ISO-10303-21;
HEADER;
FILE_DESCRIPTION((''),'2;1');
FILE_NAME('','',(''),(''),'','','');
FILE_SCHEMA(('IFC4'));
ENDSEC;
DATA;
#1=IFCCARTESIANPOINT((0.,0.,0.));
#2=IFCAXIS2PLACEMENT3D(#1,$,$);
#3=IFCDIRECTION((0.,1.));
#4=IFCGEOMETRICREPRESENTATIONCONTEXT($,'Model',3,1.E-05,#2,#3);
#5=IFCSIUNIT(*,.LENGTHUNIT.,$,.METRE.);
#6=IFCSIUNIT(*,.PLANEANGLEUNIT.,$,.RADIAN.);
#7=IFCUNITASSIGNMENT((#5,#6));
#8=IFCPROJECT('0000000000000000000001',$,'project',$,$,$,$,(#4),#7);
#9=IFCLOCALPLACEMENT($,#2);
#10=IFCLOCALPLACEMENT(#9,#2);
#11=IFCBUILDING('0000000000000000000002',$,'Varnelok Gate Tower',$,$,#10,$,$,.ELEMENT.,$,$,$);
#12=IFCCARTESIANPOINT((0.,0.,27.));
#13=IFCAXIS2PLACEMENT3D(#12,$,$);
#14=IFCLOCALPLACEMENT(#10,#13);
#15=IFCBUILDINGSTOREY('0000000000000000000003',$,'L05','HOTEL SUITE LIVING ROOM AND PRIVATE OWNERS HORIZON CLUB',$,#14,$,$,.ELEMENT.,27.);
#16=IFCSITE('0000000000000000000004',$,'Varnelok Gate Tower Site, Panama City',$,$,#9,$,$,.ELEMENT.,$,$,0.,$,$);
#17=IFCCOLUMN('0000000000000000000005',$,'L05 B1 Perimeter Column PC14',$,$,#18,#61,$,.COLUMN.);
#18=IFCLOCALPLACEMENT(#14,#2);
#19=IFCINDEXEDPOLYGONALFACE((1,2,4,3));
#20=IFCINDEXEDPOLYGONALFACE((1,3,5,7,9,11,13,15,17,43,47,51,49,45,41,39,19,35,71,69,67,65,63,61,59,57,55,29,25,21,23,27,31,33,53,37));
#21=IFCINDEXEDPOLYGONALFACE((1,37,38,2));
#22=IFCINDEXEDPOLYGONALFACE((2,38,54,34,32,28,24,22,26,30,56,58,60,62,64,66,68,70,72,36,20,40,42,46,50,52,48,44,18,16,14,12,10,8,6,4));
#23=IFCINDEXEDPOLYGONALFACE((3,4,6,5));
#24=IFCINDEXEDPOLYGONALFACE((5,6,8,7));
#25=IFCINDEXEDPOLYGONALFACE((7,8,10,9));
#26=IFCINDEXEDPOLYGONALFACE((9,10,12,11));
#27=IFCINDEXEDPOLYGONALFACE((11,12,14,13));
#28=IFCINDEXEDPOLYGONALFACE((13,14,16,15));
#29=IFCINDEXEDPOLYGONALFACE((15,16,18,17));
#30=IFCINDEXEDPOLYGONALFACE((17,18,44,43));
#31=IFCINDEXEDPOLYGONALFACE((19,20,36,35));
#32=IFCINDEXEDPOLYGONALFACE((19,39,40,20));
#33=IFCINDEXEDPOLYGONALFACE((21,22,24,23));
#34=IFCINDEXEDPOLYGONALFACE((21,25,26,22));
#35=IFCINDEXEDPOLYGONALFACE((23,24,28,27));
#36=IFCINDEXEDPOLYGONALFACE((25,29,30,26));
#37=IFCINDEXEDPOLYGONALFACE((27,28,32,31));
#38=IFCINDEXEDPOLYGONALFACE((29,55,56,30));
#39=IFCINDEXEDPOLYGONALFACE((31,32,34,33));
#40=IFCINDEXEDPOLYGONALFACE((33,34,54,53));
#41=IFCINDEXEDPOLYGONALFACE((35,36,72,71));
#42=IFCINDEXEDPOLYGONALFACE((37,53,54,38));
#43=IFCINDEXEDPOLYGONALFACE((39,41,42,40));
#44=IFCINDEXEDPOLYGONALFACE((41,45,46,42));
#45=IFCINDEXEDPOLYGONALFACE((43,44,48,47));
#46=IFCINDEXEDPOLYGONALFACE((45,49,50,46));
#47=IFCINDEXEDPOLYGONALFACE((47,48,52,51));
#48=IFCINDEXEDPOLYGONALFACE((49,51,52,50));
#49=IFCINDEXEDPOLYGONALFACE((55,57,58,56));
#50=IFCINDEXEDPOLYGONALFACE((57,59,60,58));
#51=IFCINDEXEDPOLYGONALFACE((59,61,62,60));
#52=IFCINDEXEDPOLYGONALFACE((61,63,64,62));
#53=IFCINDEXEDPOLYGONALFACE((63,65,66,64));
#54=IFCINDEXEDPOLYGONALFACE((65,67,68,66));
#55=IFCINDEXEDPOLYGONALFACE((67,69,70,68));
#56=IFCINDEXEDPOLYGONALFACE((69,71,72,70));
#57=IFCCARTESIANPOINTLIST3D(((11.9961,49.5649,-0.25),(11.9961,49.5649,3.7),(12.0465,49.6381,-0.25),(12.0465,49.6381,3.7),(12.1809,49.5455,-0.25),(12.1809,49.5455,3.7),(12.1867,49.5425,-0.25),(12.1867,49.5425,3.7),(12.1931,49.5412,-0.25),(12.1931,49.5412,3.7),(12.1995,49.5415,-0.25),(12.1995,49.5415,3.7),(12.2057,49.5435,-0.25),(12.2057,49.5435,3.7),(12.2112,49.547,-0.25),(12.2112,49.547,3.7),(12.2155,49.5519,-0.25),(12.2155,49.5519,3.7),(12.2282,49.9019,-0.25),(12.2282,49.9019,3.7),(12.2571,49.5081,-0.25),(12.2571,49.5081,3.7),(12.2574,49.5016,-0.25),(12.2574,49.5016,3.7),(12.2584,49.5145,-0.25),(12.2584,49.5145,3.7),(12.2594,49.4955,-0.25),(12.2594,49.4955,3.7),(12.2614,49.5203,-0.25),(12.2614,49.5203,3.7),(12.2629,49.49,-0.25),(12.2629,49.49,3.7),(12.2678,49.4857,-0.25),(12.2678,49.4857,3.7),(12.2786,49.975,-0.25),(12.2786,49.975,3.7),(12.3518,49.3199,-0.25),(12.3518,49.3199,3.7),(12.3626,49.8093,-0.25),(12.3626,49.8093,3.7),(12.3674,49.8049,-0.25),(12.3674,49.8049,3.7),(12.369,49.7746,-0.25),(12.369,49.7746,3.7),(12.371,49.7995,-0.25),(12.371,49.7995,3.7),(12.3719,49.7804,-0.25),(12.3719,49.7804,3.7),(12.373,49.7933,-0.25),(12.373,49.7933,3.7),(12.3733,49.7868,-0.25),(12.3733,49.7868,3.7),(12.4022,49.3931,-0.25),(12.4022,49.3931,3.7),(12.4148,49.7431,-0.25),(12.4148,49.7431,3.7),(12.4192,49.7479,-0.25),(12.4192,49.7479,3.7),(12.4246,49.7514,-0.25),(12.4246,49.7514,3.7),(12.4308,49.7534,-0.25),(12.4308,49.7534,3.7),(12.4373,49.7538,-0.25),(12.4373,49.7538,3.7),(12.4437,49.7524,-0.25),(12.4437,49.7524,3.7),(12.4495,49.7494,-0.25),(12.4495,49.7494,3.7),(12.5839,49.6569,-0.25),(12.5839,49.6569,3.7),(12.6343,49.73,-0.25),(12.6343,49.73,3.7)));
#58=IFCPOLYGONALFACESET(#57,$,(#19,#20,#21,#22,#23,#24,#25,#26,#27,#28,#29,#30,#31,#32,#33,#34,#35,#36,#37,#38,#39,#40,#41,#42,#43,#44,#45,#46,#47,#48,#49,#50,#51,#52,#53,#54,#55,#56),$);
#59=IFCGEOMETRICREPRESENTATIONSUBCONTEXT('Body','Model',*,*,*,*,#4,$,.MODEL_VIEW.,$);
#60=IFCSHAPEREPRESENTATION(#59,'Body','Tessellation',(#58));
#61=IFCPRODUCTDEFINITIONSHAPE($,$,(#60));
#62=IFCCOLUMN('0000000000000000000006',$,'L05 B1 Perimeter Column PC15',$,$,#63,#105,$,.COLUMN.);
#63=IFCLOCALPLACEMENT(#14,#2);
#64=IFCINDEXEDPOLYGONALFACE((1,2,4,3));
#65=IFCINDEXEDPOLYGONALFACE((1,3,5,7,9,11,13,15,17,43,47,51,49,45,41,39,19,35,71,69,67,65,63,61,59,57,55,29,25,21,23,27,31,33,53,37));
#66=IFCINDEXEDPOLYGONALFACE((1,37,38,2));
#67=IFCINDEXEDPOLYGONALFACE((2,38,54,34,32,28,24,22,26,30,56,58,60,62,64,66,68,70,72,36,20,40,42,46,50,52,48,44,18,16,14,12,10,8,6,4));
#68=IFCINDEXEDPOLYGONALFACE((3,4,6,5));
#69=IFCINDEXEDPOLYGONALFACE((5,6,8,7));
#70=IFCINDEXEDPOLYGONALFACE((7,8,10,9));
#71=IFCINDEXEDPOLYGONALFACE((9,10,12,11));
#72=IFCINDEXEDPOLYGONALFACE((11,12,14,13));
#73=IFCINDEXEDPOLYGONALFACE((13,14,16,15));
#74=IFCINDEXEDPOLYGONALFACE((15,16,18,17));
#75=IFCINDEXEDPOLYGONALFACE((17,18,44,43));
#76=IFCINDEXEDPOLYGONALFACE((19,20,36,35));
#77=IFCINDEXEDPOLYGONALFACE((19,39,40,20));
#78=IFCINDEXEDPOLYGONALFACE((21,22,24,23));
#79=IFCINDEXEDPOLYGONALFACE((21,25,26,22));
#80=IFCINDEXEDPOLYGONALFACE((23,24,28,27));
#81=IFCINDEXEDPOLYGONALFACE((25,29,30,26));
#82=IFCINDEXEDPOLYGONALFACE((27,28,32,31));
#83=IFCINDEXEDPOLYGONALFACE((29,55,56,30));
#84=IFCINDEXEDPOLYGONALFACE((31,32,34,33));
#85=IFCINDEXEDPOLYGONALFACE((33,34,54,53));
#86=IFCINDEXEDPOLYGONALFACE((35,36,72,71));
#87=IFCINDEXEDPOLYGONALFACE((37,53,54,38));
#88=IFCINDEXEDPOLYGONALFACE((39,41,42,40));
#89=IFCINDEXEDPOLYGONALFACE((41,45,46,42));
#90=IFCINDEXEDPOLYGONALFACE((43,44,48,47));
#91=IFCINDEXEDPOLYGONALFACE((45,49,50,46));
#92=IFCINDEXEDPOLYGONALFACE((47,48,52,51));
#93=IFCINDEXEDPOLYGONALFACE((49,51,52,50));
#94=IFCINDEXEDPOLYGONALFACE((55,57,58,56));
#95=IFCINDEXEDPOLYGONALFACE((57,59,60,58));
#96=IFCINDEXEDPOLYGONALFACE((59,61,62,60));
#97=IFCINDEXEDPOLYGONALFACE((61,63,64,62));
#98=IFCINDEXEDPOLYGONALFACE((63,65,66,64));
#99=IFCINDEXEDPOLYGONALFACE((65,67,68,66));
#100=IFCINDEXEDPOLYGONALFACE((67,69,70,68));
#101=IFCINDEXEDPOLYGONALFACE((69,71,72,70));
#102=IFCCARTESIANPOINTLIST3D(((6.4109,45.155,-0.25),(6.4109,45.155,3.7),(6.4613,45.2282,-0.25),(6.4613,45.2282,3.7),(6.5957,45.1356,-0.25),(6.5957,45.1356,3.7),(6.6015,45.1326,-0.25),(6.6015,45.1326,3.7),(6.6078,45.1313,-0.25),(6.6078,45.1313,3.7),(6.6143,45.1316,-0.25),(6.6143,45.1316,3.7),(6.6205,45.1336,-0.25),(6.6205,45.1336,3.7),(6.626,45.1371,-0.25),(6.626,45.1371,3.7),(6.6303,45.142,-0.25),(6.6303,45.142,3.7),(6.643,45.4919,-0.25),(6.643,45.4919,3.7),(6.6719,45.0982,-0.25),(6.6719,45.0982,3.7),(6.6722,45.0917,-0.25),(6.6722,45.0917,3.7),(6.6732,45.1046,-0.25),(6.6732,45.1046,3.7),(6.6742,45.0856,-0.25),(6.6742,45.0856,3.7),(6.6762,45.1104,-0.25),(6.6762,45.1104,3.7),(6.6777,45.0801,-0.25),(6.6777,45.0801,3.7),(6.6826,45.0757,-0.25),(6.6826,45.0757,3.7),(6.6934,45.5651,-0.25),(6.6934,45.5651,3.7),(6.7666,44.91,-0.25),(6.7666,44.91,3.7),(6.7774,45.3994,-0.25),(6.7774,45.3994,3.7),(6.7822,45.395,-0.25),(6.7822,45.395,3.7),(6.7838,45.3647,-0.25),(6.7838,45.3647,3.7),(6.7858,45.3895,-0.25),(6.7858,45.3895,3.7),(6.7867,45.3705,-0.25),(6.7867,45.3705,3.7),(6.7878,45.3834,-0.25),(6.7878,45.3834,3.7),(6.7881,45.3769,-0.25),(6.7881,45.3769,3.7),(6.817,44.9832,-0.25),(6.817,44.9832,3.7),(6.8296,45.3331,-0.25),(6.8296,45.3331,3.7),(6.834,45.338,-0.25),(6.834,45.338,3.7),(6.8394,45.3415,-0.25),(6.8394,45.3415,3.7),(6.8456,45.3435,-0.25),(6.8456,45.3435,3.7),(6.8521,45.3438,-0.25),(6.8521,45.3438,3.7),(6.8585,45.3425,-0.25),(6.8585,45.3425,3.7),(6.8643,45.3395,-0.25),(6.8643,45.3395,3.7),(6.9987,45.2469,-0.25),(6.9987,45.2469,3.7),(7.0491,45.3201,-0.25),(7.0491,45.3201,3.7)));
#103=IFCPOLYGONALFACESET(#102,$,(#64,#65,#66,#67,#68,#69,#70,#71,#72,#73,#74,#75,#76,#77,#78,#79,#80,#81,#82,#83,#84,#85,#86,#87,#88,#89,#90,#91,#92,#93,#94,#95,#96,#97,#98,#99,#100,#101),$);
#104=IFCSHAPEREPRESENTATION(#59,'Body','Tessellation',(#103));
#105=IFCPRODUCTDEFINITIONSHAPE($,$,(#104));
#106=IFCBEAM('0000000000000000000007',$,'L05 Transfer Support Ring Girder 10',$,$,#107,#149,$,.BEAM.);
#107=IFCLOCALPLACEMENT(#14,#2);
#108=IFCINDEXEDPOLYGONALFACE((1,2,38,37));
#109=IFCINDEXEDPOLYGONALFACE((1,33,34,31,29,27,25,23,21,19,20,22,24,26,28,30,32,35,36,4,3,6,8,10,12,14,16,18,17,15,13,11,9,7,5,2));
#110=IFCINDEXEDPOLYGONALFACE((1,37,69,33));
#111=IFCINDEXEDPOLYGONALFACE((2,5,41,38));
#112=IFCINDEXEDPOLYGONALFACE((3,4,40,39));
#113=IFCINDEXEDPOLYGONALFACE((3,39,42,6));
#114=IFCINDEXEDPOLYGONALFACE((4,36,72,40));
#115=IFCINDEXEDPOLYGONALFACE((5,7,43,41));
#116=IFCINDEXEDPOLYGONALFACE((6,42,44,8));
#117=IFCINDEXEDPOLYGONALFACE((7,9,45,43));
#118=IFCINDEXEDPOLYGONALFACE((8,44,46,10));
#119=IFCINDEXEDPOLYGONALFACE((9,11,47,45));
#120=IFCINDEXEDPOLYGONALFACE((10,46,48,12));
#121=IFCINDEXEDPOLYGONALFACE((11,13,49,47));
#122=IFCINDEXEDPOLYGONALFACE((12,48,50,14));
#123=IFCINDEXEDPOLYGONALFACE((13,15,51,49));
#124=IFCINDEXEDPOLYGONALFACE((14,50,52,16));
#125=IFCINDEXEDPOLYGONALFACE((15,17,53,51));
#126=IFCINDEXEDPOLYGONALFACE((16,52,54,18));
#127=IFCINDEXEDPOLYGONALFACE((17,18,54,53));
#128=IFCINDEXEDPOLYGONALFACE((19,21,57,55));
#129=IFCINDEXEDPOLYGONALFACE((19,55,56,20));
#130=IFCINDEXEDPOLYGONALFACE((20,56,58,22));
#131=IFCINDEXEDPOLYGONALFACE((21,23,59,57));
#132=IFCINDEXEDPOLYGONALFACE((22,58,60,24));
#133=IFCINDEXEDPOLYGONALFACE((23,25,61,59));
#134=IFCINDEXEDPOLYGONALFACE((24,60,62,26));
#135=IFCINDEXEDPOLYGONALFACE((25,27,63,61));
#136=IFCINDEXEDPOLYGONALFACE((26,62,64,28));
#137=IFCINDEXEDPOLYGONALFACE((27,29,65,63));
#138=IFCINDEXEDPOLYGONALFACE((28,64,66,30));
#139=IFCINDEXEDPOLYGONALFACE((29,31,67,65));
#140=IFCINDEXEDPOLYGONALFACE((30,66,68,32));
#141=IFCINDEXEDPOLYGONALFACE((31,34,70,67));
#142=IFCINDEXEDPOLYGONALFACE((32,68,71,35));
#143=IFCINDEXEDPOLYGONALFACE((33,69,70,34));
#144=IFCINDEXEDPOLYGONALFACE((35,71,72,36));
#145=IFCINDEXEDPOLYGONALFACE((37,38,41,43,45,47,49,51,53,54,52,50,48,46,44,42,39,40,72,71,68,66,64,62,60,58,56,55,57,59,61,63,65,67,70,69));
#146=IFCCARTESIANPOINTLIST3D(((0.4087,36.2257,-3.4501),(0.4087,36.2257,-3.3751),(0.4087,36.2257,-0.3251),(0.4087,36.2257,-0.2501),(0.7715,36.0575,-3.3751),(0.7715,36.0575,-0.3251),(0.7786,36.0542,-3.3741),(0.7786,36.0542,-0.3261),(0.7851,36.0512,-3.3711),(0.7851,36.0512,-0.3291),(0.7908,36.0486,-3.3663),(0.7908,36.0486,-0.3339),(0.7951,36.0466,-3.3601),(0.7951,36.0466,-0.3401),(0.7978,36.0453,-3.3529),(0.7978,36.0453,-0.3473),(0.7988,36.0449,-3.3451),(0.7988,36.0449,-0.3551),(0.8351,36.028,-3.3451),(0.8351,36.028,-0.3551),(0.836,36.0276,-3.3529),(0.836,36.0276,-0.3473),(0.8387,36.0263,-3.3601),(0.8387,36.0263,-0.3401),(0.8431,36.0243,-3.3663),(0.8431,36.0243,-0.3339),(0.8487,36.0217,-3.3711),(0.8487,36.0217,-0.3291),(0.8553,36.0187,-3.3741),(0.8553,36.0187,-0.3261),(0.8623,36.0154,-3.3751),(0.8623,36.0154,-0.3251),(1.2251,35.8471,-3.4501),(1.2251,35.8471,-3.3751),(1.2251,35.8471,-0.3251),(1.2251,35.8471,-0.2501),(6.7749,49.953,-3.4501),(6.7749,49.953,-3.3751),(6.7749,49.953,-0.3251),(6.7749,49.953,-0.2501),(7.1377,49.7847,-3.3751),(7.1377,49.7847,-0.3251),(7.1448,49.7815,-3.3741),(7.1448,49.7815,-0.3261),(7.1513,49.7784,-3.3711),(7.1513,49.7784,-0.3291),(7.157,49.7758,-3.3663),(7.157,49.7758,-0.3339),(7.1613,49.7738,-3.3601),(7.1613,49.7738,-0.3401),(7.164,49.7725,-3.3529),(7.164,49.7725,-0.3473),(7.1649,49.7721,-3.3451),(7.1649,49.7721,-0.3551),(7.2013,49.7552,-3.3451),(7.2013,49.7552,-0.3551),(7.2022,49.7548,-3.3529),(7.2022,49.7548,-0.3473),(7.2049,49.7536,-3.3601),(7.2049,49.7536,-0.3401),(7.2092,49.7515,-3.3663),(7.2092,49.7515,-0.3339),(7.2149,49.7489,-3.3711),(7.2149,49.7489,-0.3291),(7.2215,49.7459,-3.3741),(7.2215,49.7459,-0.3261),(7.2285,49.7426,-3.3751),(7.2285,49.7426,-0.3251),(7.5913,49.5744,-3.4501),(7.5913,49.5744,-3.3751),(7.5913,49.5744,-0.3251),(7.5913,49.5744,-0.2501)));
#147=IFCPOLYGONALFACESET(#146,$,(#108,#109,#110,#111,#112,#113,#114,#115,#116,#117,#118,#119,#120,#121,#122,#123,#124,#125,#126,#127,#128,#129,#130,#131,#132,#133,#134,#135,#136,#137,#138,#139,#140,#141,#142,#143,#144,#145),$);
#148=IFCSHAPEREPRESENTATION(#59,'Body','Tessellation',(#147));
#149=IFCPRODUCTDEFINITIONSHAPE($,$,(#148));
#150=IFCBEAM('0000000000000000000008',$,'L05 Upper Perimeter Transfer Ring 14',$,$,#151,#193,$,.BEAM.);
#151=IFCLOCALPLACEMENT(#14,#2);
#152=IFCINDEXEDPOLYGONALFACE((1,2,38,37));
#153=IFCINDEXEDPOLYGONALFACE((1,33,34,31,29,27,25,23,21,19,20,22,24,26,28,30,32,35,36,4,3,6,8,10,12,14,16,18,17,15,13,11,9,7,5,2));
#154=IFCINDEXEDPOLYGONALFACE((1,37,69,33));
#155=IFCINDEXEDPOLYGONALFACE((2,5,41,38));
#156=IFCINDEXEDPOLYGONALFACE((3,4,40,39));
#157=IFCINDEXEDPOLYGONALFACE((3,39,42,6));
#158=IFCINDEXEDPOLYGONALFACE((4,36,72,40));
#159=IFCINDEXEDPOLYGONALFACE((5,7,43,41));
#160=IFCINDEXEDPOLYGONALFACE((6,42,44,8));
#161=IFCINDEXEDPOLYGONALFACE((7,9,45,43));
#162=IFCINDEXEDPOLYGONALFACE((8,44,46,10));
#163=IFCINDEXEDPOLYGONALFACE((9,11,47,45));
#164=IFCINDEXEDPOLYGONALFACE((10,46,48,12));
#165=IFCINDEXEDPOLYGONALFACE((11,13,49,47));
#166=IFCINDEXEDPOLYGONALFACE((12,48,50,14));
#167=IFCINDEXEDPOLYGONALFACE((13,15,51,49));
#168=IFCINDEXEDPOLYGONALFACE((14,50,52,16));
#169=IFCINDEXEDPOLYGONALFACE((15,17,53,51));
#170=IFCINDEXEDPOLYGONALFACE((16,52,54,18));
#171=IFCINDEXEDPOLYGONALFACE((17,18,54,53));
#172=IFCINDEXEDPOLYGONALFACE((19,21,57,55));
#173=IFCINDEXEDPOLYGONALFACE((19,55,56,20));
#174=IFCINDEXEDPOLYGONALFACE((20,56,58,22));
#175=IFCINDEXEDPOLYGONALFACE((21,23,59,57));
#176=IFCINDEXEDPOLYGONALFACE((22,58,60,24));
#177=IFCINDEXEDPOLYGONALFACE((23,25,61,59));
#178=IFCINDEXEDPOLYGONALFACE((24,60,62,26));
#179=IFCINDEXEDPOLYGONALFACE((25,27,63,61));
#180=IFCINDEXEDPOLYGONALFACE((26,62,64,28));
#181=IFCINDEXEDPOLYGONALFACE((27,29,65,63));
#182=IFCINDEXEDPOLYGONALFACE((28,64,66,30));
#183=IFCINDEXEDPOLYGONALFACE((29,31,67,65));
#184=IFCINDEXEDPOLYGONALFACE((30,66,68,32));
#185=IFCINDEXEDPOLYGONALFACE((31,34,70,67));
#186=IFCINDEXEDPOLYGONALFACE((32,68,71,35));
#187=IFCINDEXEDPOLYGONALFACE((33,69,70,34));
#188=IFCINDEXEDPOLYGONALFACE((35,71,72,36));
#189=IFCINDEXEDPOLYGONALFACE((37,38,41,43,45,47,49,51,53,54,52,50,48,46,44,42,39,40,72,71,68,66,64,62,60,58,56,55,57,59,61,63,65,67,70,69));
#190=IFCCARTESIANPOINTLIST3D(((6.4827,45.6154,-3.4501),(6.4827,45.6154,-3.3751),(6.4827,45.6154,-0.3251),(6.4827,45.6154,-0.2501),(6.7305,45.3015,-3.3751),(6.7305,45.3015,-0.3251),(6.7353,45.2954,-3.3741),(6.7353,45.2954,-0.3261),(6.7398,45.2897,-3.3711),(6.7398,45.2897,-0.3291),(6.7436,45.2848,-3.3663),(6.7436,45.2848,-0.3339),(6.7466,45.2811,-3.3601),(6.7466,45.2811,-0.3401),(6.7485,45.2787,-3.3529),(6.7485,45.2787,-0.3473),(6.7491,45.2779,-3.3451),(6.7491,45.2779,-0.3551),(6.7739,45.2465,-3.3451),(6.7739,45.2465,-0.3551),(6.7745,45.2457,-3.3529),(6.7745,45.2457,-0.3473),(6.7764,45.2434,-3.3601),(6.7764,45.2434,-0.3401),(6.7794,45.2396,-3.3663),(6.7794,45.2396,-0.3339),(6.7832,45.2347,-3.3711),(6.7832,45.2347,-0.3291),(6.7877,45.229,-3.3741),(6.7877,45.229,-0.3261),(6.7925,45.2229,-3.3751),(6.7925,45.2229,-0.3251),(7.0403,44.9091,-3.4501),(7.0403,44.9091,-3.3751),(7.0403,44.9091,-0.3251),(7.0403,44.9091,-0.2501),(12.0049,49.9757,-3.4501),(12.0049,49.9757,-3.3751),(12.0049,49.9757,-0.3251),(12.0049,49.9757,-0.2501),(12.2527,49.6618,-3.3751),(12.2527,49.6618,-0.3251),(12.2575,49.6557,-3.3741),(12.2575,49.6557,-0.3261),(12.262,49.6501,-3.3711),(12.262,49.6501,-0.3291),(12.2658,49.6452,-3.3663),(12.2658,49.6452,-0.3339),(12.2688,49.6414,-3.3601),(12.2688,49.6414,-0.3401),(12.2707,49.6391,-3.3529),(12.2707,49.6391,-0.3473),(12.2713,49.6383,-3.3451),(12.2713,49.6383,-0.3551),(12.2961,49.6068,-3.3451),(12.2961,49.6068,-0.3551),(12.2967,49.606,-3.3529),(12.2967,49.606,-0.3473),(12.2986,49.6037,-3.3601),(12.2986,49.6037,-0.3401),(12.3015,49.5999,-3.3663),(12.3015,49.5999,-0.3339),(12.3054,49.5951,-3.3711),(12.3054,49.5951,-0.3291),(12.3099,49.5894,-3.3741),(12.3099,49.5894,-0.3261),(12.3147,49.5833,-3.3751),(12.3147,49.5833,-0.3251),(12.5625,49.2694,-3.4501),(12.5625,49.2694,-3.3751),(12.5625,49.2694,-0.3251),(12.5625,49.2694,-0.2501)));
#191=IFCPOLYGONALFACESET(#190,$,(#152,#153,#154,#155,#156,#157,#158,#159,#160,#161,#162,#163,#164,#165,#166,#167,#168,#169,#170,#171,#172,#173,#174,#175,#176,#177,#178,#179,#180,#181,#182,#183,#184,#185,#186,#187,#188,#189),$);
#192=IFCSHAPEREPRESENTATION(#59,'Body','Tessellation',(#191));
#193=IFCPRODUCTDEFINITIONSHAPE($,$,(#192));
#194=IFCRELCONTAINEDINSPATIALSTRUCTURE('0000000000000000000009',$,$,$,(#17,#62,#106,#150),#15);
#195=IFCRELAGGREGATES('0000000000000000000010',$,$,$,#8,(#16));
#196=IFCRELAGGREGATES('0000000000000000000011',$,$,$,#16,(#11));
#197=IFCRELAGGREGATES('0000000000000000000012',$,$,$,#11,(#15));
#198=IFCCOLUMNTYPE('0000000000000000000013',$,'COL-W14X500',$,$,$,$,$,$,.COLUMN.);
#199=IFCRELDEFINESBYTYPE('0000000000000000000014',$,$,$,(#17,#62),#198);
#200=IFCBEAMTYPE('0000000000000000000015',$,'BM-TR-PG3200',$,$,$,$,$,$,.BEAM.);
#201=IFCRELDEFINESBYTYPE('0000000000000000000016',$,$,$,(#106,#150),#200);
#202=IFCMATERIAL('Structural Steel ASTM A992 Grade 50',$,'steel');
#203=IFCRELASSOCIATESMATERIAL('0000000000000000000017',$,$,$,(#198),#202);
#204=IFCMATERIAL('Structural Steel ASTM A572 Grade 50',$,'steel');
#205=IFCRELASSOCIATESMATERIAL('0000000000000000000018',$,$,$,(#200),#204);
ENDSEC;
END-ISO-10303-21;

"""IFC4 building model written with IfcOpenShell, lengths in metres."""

from ifc_helpers import new_model, si_unit, direction, frame, origin, origin_2d, place, context, subcontext, project, spatial, i_section, extrude, material, material_profile, profile_set, type_object, element, save


model = new_model("IFC4")

# Units and contexts
model_context = context("Model", 3, precision=1e-05, world=origin(), true_north=direction((0.0, 1.0)))
body_context = subcontext(model_context, "Body", "Model", "MODEL_VIEW")
ifc_project = project(units=[si_unit("LENGTHUNIT", "METRE"), si_unit("PLANEANGLEUNIT", "RADIAN")], contexts=[model_context])

# Site, building, storey
site_placement = place(None, origin())
site = spatial("IfcSite", under=ifc_project, at=site_placement, Name="Varnelok Gate Tower Site, Panama City", CompositionType="ELEMENT", RefElevation=0.0)
building_placement = place(site_placement, origin())
building = spatial("IfcBuilding", under=site, at=building_placement, Name="Varnelok Gate Tower", CompositionType="ELEMENT")
storey_placement = place(building_placement, frame((0.0, 0.0, 27.0)))
storey = spatial("IfcBuildingStorey", under=building, at=storey_placement, Name="L05", Description="HOTEL SUITE LIVING ROOM AND PRIVATE OWNERS HORIZON CLUB", CompositionType="ELEMENT", Elevation=27.0)

# Columns
ifc_material_1 = material(Name="Structural Steel ASTM A992 Grade 50", Category="steel")
ifc_material_profile_1 = material_profile(ifc_material_1, i_section(OverallWidth=0.4319, OverallDepth=0.498, WebThickness=0.0557, FlangeThickness=0.0889, FilletRadius=0.0249, at=origin_2d()), Name="W14X500")
ifc_profile_set_1 = profile_set([ifc_material_profile_1], Name="Structural Steel ASTM A992 Grade 50")
column_type = type_object("IfcColumnType", Name="COL-W14X500", PredefinedType="COLUMN", material=ifc_profile_set_1)
for number, where, z_axis, x_axis, name in (
    (1, (12.3152, 49.6475, -0.25), (0.0, 0.0, 1.0), (0.823533, -0.567269, 0.0), "L05 B1 Perimeter Column PC14"),
    (2, (6.73, 45.2375, -0.25), (0.0, 0.0, 1.0), (0.823533, -0.567269, 0.0), "L05 B1 Perimeter Column PC15"),
):
    element("IfcColumn", number, at=place(storey_placement, frame(where, z_axis=z_axis, x_axis=x_axis)), inside=storey, type_object=column_type, Name=name, PredefinedType="COLUMN", context=body_context, shape_type="SweptSolid", body=[
        extrude(i_section(OverallWidth=0.4319, OverallDepth=0.498, WebThickness=0.0557, FlangeThickness=0.0889, FilletRadius=0.0249, at=origin_2d()), origin(), (0.0, 0.0, 1.0), 3.95),
    ])

# Beams
ifc_material_2 = material(Name="Structural Steel ASTM A572 Grade 50", Category="steel")
ifc_material_profile_2 = material_profile(ifc_material_2, i_section(OverallWidth=0.8999, OverallDepth=3.2, WebThickness=0.04, FlangeThickness=0.075, FilletRadius=0.03, at=origin_2d()), Name="PG3200X900")
ifc_profile_set_2 = profile_set([ifc_material_profile_2], Name="Structural Steel ASTM A572 Grade 50")
beam_type = type_object("IfcBeamType", Name="BM-TR-PG3200", PredefinedType="BEAM", material=ifc_profile_set_2)
beam_1_placement = place(storey_placement, frame((7.1831, 49.7637, -1.8501), z_axis=(-0.420721, -0.90719, 0.0), x_axis=(0.90719, -0.420721, 0.0)))
element("IfcBeam", 3, at=beam_1_placement, inside=storey, type_object=beam_type, Name="L05 Transfer Support Ring Girder 10", PredefinedType="BEAM", context=body_context, shape_type="SweptSolid", body=[
    extrude(i_section(OverallWidth=0.8999, OverallDepth=3.2, WebThickness=0.04, FlangeThickness=0.075, FilletRadius=0.03, at=origin_2d()), origin(), (0.0, 0.0, 1.0), 15.1316),
])
beam_2_placement = place(storey_placement, frame((12.2837, 49.6226, -1.8501), z_axis=(-0.784834, -0.619706, 0.0), x_axis=(0.619706, -0.784834, 0.0)))
element("IfcBeam", 4, at=beam_2_placement, inside=storey, type_object=beam_type, Name="L05 Upper Perimeter Transfer Ring 14", PredefinedType="BEAM", context=body_context, shape_type="SweptSolid", body=[
    extrude(i_section(OverallWidth=0.8999, OverallDepth=3.2, WebThickness=0.04, FlangeThickness=0.075, FilletRadius=0.03, at=origin_2d()), origin(), (0.0, 0.0, 1.0), 7.0361),
])

save(model, "model.ifc")
